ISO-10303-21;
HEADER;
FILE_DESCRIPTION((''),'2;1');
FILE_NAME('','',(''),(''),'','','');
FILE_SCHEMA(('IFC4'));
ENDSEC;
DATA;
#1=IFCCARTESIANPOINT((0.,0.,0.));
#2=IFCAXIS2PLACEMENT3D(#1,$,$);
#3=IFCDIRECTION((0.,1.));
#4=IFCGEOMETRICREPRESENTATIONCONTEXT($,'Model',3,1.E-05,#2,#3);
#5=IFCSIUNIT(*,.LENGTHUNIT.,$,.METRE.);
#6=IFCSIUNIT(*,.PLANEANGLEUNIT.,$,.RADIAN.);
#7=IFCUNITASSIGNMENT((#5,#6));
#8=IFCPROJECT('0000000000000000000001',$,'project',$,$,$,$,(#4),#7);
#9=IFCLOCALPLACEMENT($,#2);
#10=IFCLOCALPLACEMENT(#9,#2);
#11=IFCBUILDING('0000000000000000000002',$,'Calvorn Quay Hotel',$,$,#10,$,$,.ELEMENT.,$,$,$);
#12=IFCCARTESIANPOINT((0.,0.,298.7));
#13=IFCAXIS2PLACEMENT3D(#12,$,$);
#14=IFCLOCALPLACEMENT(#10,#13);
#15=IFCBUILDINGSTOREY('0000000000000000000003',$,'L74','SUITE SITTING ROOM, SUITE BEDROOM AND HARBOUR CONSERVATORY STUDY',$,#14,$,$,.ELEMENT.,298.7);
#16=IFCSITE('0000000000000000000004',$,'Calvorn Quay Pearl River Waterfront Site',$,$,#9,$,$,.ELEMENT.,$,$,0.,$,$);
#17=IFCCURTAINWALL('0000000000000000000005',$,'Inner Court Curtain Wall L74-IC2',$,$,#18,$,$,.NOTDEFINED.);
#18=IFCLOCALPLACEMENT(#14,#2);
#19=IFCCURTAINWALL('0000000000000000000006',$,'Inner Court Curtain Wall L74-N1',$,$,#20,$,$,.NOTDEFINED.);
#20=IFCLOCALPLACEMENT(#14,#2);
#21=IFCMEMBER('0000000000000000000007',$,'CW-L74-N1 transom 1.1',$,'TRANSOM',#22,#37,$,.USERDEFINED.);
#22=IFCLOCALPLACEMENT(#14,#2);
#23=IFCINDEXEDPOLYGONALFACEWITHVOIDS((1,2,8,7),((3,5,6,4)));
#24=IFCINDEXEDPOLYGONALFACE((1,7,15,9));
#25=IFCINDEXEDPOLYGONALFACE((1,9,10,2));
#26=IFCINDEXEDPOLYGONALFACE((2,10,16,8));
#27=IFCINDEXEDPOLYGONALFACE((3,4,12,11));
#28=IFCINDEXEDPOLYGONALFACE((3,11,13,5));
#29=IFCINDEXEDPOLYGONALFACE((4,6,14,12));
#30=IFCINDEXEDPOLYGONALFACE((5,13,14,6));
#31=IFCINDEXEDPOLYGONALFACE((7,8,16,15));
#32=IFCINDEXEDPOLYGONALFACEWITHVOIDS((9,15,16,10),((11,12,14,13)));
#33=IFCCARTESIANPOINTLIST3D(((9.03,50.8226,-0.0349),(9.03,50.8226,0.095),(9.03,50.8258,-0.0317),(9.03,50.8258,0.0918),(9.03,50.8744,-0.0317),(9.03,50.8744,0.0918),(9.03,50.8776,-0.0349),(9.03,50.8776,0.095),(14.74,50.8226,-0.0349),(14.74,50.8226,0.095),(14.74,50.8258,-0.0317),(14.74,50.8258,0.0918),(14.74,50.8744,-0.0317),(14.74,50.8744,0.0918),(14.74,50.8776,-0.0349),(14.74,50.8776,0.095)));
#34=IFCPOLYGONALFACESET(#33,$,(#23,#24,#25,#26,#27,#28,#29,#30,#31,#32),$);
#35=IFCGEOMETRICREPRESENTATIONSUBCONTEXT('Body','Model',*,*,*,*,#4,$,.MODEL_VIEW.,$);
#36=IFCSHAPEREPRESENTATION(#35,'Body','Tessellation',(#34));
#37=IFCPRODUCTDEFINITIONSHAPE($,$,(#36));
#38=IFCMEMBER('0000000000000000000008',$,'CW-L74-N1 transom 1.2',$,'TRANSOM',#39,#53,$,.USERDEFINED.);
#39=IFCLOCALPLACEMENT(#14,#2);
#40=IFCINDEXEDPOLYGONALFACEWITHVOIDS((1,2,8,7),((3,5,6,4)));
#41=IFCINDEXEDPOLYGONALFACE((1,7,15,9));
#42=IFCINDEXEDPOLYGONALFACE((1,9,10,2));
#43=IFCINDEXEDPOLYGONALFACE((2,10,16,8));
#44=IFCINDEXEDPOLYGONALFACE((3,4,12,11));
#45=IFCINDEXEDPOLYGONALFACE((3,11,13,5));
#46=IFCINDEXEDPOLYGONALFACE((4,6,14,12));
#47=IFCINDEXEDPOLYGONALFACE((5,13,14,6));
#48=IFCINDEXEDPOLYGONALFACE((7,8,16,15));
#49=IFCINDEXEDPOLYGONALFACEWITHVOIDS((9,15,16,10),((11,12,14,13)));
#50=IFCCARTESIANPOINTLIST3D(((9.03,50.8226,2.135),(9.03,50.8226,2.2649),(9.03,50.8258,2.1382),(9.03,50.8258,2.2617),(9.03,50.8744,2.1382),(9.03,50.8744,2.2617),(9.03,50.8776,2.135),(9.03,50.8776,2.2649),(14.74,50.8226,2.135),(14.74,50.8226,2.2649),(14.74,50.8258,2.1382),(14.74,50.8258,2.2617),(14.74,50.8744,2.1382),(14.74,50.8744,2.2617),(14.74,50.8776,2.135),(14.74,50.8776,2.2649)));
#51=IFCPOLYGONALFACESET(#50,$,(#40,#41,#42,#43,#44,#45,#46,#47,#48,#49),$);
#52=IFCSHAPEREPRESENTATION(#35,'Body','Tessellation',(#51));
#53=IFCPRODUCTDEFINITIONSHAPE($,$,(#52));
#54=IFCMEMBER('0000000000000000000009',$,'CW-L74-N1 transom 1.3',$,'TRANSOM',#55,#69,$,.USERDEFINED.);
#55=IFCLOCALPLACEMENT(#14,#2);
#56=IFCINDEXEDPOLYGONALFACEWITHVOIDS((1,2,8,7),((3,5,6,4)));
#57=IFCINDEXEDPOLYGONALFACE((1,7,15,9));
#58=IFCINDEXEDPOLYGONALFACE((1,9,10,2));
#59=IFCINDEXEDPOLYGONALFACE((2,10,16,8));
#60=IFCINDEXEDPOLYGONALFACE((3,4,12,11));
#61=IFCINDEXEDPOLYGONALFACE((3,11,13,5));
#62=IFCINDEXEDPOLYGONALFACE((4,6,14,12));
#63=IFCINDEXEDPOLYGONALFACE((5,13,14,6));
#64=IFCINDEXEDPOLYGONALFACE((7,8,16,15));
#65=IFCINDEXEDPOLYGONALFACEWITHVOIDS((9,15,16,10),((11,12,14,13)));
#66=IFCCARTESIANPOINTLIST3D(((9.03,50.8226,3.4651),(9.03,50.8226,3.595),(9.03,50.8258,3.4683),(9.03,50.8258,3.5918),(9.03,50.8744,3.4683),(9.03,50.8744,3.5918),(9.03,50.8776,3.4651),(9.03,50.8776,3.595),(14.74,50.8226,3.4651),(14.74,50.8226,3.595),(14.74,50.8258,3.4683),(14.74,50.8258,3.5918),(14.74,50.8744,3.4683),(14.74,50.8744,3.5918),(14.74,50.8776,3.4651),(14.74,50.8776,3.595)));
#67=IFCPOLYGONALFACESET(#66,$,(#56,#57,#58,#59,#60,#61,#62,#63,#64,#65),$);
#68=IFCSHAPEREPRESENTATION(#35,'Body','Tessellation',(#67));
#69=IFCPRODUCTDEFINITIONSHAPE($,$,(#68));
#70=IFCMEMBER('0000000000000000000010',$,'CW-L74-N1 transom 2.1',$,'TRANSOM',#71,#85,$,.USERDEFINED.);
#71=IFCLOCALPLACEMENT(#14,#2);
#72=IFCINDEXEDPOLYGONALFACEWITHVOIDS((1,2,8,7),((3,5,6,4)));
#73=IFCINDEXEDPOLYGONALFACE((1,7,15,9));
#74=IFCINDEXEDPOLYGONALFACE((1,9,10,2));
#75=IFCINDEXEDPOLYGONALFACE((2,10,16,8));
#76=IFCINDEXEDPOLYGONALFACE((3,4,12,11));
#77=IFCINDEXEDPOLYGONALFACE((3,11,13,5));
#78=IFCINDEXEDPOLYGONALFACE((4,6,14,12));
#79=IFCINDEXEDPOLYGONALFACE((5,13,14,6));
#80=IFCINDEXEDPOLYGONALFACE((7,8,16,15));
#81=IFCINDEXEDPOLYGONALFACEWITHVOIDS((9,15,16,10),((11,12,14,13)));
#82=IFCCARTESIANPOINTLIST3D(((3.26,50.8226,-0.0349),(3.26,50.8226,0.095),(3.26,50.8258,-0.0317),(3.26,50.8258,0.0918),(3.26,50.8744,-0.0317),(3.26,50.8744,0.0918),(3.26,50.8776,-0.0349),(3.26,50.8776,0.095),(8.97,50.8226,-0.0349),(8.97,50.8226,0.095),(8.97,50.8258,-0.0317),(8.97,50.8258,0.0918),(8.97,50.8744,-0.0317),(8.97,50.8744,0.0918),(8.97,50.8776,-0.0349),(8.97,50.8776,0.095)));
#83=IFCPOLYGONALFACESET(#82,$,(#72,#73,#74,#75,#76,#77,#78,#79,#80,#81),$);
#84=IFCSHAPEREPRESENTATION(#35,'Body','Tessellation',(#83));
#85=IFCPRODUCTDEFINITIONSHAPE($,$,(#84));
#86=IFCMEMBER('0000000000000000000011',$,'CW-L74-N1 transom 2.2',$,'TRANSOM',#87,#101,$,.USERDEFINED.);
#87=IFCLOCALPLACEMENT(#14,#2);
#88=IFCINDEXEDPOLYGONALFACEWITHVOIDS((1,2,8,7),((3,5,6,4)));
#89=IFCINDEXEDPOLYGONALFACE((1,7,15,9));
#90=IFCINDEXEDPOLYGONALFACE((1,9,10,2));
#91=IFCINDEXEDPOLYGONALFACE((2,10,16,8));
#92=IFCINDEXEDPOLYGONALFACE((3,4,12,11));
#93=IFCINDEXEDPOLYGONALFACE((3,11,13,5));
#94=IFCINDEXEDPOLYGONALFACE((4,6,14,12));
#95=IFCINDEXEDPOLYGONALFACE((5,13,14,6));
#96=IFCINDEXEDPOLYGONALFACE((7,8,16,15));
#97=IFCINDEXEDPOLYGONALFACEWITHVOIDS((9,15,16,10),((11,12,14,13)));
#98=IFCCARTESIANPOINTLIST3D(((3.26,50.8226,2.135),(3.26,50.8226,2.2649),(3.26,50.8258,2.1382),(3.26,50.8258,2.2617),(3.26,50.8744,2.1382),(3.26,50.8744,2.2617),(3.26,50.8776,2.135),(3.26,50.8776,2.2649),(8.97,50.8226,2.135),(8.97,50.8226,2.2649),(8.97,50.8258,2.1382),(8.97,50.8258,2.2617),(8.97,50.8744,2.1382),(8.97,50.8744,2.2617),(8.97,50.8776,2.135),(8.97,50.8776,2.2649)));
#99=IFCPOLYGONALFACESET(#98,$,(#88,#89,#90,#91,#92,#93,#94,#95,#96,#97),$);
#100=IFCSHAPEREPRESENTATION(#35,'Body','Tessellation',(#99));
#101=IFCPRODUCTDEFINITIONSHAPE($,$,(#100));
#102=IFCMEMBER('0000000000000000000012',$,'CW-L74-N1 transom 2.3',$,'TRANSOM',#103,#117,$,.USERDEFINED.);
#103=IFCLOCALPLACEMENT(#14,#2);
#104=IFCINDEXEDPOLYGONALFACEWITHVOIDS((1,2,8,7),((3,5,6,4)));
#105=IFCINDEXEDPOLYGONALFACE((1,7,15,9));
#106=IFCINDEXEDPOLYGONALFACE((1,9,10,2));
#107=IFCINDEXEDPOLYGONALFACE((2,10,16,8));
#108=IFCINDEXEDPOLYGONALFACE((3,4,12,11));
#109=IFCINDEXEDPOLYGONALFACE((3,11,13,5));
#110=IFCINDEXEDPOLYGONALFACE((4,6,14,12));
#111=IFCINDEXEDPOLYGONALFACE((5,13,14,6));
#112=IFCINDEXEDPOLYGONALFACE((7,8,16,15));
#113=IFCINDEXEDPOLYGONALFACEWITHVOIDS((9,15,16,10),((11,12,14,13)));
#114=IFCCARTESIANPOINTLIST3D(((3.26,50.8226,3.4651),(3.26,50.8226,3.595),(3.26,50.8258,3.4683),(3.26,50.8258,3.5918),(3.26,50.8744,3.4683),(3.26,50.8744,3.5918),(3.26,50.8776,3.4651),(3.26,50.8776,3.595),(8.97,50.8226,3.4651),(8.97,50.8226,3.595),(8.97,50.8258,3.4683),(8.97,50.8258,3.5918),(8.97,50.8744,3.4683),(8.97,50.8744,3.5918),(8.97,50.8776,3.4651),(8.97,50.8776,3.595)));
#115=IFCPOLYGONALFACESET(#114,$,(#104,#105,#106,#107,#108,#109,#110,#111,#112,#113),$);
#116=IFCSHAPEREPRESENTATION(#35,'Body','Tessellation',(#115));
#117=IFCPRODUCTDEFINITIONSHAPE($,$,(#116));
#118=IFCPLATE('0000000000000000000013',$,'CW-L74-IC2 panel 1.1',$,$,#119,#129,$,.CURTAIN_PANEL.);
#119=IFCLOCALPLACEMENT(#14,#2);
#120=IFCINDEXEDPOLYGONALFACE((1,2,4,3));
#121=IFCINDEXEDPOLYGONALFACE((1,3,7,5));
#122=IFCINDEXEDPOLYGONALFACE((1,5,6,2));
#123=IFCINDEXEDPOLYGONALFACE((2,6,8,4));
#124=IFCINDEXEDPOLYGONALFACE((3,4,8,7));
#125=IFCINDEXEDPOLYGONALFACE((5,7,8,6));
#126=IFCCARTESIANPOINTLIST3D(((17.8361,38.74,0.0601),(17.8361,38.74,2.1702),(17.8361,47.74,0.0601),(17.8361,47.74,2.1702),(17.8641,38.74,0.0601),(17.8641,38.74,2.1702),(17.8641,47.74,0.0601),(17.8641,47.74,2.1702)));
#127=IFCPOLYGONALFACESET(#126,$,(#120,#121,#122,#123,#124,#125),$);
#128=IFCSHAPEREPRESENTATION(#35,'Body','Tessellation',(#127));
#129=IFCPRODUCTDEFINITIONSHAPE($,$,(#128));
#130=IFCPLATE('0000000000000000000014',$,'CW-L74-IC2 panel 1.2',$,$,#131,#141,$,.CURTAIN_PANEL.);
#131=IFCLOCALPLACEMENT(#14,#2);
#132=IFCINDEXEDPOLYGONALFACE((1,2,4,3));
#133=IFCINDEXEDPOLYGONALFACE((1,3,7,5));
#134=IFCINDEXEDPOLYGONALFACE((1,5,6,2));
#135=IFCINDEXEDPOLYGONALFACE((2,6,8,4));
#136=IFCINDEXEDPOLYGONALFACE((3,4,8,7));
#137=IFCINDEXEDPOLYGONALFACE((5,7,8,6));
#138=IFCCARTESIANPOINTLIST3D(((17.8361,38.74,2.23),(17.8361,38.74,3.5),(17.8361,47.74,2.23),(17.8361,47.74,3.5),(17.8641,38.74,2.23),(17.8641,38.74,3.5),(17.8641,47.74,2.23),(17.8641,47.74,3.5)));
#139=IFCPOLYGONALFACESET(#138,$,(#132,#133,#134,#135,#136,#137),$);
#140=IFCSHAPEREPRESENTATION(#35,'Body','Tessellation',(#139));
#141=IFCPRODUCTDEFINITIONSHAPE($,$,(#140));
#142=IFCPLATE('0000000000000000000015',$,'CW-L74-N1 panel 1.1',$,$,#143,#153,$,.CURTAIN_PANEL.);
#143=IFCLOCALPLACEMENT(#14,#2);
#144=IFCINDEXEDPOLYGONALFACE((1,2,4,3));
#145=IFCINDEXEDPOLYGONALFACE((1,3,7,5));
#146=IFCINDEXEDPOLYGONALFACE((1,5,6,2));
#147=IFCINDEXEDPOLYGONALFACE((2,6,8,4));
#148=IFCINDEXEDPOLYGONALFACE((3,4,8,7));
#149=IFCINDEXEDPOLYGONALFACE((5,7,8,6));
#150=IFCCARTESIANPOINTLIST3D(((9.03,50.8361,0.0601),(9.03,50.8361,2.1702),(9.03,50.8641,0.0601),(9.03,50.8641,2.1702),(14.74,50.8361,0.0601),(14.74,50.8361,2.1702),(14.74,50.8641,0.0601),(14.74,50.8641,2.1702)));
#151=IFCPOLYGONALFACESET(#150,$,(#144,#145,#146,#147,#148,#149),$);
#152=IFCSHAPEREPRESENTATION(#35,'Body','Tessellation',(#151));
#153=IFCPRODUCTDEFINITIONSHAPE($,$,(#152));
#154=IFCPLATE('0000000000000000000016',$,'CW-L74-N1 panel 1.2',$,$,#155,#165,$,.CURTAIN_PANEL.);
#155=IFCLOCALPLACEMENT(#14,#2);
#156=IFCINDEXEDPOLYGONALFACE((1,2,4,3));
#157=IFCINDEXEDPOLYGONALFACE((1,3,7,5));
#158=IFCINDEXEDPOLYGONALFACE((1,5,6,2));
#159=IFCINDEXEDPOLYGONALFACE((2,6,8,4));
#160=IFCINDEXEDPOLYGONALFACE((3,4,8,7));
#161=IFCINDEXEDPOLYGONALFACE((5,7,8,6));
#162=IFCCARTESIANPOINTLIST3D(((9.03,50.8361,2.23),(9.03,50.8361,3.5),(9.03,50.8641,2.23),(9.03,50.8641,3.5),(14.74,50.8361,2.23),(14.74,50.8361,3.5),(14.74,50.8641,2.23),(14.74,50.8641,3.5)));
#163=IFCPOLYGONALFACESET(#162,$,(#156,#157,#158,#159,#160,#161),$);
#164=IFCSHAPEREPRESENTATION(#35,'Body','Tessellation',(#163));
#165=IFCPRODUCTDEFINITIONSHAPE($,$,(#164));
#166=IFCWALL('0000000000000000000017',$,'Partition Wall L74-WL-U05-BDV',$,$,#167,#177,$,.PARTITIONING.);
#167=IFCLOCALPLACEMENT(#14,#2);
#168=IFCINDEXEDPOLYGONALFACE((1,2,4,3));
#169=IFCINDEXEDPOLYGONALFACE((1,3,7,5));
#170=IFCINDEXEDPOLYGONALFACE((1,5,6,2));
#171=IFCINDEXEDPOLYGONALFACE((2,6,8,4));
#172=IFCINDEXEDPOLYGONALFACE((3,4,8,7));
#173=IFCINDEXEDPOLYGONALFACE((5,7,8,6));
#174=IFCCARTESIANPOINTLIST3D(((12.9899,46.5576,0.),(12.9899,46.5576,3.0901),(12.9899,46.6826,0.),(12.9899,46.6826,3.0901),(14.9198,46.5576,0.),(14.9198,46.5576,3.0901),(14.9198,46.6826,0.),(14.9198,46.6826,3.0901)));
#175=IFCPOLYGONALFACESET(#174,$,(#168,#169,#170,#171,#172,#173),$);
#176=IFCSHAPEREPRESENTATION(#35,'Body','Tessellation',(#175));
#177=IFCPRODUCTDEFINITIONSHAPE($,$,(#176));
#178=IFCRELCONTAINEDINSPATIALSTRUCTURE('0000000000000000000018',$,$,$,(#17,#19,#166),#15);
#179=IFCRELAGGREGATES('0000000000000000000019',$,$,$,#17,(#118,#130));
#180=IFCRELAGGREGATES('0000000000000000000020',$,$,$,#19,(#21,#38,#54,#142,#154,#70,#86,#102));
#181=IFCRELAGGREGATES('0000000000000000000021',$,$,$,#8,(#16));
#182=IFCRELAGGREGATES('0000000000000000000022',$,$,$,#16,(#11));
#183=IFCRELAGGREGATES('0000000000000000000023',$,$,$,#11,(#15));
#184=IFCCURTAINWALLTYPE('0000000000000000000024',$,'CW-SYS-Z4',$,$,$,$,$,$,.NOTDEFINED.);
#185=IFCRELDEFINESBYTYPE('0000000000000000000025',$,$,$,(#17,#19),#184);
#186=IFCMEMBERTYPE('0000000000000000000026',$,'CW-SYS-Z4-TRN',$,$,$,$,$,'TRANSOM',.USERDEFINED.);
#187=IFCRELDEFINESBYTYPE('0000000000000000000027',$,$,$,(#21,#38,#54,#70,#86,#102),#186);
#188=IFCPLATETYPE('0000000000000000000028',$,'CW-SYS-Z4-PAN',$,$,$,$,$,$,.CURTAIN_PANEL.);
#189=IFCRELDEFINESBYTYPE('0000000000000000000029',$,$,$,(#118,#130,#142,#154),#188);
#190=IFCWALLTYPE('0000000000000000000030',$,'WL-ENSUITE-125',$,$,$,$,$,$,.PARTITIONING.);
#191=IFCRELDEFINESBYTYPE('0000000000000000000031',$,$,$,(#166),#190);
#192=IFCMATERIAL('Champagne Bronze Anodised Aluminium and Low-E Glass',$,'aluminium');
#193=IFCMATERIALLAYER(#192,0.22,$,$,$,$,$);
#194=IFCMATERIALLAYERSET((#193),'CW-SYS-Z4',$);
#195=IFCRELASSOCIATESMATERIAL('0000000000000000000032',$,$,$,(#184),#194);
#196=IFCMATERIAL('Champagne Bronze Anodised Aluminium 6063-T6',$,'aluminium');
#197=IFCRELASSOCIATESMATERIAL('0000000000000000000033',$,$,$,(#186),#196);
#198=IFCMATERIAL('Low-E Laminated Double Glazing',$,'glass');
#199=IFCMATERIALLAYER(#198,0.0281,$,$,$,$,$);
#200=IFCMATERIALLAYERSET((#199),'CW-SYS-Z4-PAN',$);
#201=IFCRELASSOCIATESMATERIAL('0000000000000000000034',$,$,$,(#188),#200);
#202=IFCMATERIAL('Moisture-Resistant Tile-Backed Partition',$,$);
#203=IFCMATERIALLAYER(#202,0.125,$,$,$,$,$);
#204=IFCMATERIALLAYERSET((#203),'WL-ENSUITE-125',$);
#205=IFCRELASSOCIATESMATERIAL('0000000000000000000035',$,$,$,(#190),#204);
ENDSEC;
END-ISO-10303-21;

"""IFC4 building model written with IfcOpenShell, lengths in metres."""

from ifc_helpers import new_model, si_unit, direction, frame, frame_2d, origin, origin_2d, place, context, subcontext, project, spatial, rectangle, hollow_rectangle, extrude, material, layer, layer_set, material_profile, profile_set, type_object, element, aggregate, save


model = new_model("IFC4")

# Units and contexts
model_context = context("Model", 3, precision=1e-05, world=origin(), true_north=direction((0.0, 1.0)))
body_context = subcontext(model_context, "Body", "Model", "MODEL_VIEW")
ifc_project = project(units=[si_unit("LENGTHUNIT", "METRE"), si_unit("PLANEANGLEUNIT", "RADIAN")], contexts=[model_context])

# Site, building, storey
site_placement = place(None, origin())
site = spatial("IfcSite", under=ifc_project, at=site_placement, Name="Calvorn Quay Pearl River Waterfront Site", CompositionType="ELEMENT", RefElevation=0.0)
building_placement = place(site_placement, origin())
building = spatial("IfcBuilding", under=site, at=building_placement, Name="Calvorn Quay Hotel", CompositionType="ELEMENT")
storey_placement = place(building_placement, frame((0.0, 0.0, 298.7)))
storey = spatial("IfcBuildingStorey", under=building, at=storey_placement, Name="L74", Description="SUITE SITTING ROOM, SUITE BEDROOM AND HARBOUR CONSERVATORY STUDY", CompositionType="ELEMENT", Elevation=298.7)

# Shared definitions
ifc_material_1 = material(Name="Champagne Bronze Anodised Aluminium and Low-E Glass", Category="aluminium")
ifc_layer_1 = layer(ifc_material_1, 0.22)
ifc_layer_set_1 = layer_set([ifc_layer_1], Name="CW-SYS-Z4")
curtain_wall_type = type_object("IfcCurtainWallType", Name="CW-SYS-Z4", PredefinedType="NOTDEFINED", material=ifc_layer_set_1)

# Curtain walls
curtain_wall_1_placement = place(storey_placement, origin())
curtain_wall_1 = element("IfcCurtainWall", 1, at=curtain_wall_1_placement, inside=storey, type_object=curtain_wall_type, Name="Inner Court Curtain Wall L74-IC2", PredefinedType="NOTDEFINED")
curtain_wall_2_placement = place(storey_placement, origin())
curtain_wall_2 = element("IfcCurtainWall", 2, at=curtain_wall_2_placement, inside=storey, type_object=curtain_wall_type, Name="Inner Court Curtain Wall L74-N1", PredefinedType="NOTDEFINED")

# Members
ifc_material_2 = material(Name="Champagne Bronze Anodised Aluminium 6063-T6", Category="aluminium")
ifc_material_profile_1 = material_profile(ifc_material_2, hollow_rectangle(XDim=0.0549, YDim=0.1299, WallThickness=0.0032, at=origin_2d()), Name="ALU-T130x55x3.2")
ifc_profile_set_1 = profile_set([ifc_material_profile_1], Name="Champagne Bronze Anodised Aluminium 6063-T6")
member_type_1 = type_object("IfcMemberType", Name="CW-SYS-Z4-TRN", ElementType="TRANSOM", PredefinedType="USERDEFINED", material=ifc_profile_set_1)
member_1_placement = place(storey_placement, frame((14.74, 50.8501, 0.03), z_axis=(-1.0, 0.0, 0.0), x_axis=(0.0, -1.0, 0.0)))
member_1 = element("IfcMember", 3, at=member_1_placement, type_object=member_type_1, Name="CW-L74-N1 transom 1.1", ObjectType="TRANSOM", PredefinedType="USERDEFINED", context=body_context, shape_type="SweptSolid", body=[
    extrude(hollow_rectangle(XDim=0.0549, YDim=0.1299, WallThickness=0.0032, at=origin_2d()), origin(), (0.0, 0.0, 1.0), 5.71),
])
member_2_placement = place(storey_placement, frame((14.74, 50.8501, 2.2), z_axis=(-1.0, 0.0, 0.0), x_axis=(0.0, -1.0, 0.0)))
member_2 = element("IfcMember", 4, at=member_2_placement, type_object=member_type_1, Name="CW-L74-N1 transom 1.2", ObjectType="TRANSOM", PredefinedType="USERDEFINED", context=body_context, shape_type="SweptSolid", body=[
    extrude(hollow_rectangle(XDim=0.0549, YDim=0.1299, WallThickness=0.0032, at=origin_2d()), origin(), (0.0, 0.0, 1.0), 5.71),
])
member_3_placement = place(storey_placement, frame((14.74, 50.8501, 3.53), z_axis=(-1.0, 0.0, 0.0), x_axis=(0.0, -1.0, 0.0)))
member_3 = element("IfcMember", 5, at=member_3_placement, type_object=member_type_1, Name="CW-L74-N1 transom 1.3", ObjectType="TRANSOM", PredefinedType="USERDEFINED", context=body_context, shape_type="SweptSolid", body=[
    extrude(hollow_rectangle(XDim=0.0549, YDim=0.1299, WallThickness=0.0032, at=origin_2d()), origin(), (0.0, 0.0, 1.0), 5.71),
])
member_4_placement = place(storey_placement, frame((8.97, 50.8501, 0.03), z_axis=(-1.0, 0.0, 0.0), x_axis=(0.0, -1.0, 0.0)))
member_4 = element("IfcMember", 6, at=member_4_placement, type_object=member_type_1, Name="CW-L74-N1 transom 2.1", ObjectType="TRANSOM", PredefinedType="USERDEFINED", context=body_context, shape_type="SweptSolid", body=[
    extrude(hollow_rectangle(XDim=0.0549, YDim=0.1299, WallThickness=0.0032, at=origin_2d()), origin(), (0.0, 0.0, 1.0), 5.71),
])
member_5_placement = place(storey_placement, frame((8.97, 50.8501, 2.2), z_axis=(-1.0, 0.0, 0.0), x_axis=(0.0, -1.0, 0.0)))
member_5 = element("IfcMember", 7, at=member_5_placement, type_object=member_type_1, Name="CW-L74-N1 transom 2.2", ObjectType="TRANSOM", PredefinedType="USERDEFINED", context=body_context, shape_type="SweptSolid", body=[
    extrude(hollow_rectangle(XDim=0.0549, YDim=0.1299, WallThickness=0.0032, at=origin_2d()), origin(), (0.0, 0.0, 1.0), 5.71),
])
member_6_placement = place(storey_placement, frame((8.97, 50.8501, 3.53), z_axis=(-1.0, 0.0, 0.0), x_axis=(0.0, -1.0, 0.0)))
member_6 = element("IfcMember", 8, at=member_6_placement, type_object=member_type_1, Name="CW-L74-N1 transom 2.3", ObjectType="TRANSOM", PredefinedType="USERDEFINED", context=body_context, shape_type="SweptSolid", body=[
    extrude(hollow_rectangle(XDim=0.0549, YDim=0.1299, WallThickness=0.0032, at=origin_2d()), origin(), (0.0, 0.0, 1.0), 5.71),
])

# Plates
ifc_material_3 = material(Name="Low-E Laminated Double Glazing", Category="glass")
ifc_layer_2 = layer(ifc_material_3, 0.0281)
ifc_layer_set_2 = layer_set([ifc_layer_2], Name="CW-SYS-Z4-PAN")
plate_type = type_object("IfcPlateType", Name="CW-SYS-Z4-PAN", PredefinedType="CURTAIN_PANEL", material=ifc_layer_set_2)
plate_1_placement = place(storey_placement, frame((17.8501, 43.24, 0.0601), z_axis=(0.0, 0.0, 1.0), x_axis=(0.0, 1.0, 0.0)))
plate_1 = element("IfcPlate", 9, at=plate_1_placement, type_object=plate_type, Name="CW-L74-IC2 panel 1.1", PredefinedType="CURTAIN_PANEL", context=body_context, shape_type="SweptSolid", body=[
    extrude(rectangle(XDim=9.0, YDim=0.0281, at=origin_2d()), origin(), (0.0, 0.0, 1.0), 2.1101),
])
plate_2_placement = place(storey_placement, frame((17.8501, 43.24, 2.23), z_axis=(0.0, 0.0, 1.0), x_axis=(0.0, 1.0, 0.0)))
plate_2 = element("IfcPlate", 10, at=plate_2_placement, type_object=plate_type, Name="CW-L74-IC2 panel 1.2", PredefinedType="CURTAIN_PANEL", context=body_context, shape_type="SweptSolid", body=[
    extrude(rectangle(XDim=9.0, YDim=0.0281, at=origin_2d()), origin(), (0.0, 0.0, 1.0), 1.27),
])
aggregate(curtain_wall_1, [plate_1, plate_2])
plate_3_placement = place(storey_placement, frame((11.885, 50.8501, 0.0601), z_axis=(0.0, 0.0, 1.0), x_axis=(-1.0, 0.0, 0.0)))
plate_3 = element("IfcPlate", 11, at=plate_3_placement, type_object=plate_type, Name="CW-L74-N1 panel 1.1", PredefinedType="CURTAIN_PANEL", context=body_context, shape_type="SweptSolid", body=[
    extrude(rectangle(XDim=5.71, YDim=0.0281, at=origin_2d()), origin(), (0.0, 0.0, 1.0), 2.1101),
])
plate_4_placement = place(storey_placement, frame((11.885, 50.8501, 2.23), z_axis=(0.0, 0.0, 1.0), x_axis=(-1.0, 0.0, 0.0)))
plate_4 = element("IfcPlate", 12, at=plate_4_placement, type_object=plate_type, Name="CW-L74-N1 panel 1.2", PredefinedType="CURTAIN_PANEL", context=body_context, shape_type="SweptSolid", body=[
    extrude(rectangle(XDim=5.71, YDim=0.0281, at=origin_2d()), origin(), (0.0, 0.0, 1.0), 1.27),
])
aggregate(curtain_wall_2, [member_1, member_2, member_3, plate_3, plate_4, member_4, member_5, member_6])

# Wall
ifc_material_4 = material(Name="Moisture-Resistant Tile-Backed Partition")
ifc_layer_3 = layer(ifc_material_4, 0.125)
ifc_layer_set_3 = layer_set([ifc_layer_3], Name="WL-ENSUITE-125")
wall_type_1 = type_object("IfcWallType", Name="WL-ENSUITE-125", PredefinedType="PARTITIONING", material=ifc_layer_set_3)
wall_1_placement = place(storey_placement, frame((12.99, 46.6201, 0.0), z_axis=(0.0, 0.0, 1.0), x_axis=(1.0, 0.0, 0.0)))
element("IfcWall", 13, at=wall_1_placement, inside=storey, type_object=wall_type_1, Name="Partition Wall L74-WL-U05-BDV", PredefinedType="PARTITIONING", context=body_context, shape_type="SweptSolid", body=[
    extrude(rectangle(XDim=1.9299, YDim=0.125, at=frame_2d((0.9648, 0.0))), origin(), (0.0, 0.0, 1.0), 3.0901),
])

save(model, "model.ifc")
